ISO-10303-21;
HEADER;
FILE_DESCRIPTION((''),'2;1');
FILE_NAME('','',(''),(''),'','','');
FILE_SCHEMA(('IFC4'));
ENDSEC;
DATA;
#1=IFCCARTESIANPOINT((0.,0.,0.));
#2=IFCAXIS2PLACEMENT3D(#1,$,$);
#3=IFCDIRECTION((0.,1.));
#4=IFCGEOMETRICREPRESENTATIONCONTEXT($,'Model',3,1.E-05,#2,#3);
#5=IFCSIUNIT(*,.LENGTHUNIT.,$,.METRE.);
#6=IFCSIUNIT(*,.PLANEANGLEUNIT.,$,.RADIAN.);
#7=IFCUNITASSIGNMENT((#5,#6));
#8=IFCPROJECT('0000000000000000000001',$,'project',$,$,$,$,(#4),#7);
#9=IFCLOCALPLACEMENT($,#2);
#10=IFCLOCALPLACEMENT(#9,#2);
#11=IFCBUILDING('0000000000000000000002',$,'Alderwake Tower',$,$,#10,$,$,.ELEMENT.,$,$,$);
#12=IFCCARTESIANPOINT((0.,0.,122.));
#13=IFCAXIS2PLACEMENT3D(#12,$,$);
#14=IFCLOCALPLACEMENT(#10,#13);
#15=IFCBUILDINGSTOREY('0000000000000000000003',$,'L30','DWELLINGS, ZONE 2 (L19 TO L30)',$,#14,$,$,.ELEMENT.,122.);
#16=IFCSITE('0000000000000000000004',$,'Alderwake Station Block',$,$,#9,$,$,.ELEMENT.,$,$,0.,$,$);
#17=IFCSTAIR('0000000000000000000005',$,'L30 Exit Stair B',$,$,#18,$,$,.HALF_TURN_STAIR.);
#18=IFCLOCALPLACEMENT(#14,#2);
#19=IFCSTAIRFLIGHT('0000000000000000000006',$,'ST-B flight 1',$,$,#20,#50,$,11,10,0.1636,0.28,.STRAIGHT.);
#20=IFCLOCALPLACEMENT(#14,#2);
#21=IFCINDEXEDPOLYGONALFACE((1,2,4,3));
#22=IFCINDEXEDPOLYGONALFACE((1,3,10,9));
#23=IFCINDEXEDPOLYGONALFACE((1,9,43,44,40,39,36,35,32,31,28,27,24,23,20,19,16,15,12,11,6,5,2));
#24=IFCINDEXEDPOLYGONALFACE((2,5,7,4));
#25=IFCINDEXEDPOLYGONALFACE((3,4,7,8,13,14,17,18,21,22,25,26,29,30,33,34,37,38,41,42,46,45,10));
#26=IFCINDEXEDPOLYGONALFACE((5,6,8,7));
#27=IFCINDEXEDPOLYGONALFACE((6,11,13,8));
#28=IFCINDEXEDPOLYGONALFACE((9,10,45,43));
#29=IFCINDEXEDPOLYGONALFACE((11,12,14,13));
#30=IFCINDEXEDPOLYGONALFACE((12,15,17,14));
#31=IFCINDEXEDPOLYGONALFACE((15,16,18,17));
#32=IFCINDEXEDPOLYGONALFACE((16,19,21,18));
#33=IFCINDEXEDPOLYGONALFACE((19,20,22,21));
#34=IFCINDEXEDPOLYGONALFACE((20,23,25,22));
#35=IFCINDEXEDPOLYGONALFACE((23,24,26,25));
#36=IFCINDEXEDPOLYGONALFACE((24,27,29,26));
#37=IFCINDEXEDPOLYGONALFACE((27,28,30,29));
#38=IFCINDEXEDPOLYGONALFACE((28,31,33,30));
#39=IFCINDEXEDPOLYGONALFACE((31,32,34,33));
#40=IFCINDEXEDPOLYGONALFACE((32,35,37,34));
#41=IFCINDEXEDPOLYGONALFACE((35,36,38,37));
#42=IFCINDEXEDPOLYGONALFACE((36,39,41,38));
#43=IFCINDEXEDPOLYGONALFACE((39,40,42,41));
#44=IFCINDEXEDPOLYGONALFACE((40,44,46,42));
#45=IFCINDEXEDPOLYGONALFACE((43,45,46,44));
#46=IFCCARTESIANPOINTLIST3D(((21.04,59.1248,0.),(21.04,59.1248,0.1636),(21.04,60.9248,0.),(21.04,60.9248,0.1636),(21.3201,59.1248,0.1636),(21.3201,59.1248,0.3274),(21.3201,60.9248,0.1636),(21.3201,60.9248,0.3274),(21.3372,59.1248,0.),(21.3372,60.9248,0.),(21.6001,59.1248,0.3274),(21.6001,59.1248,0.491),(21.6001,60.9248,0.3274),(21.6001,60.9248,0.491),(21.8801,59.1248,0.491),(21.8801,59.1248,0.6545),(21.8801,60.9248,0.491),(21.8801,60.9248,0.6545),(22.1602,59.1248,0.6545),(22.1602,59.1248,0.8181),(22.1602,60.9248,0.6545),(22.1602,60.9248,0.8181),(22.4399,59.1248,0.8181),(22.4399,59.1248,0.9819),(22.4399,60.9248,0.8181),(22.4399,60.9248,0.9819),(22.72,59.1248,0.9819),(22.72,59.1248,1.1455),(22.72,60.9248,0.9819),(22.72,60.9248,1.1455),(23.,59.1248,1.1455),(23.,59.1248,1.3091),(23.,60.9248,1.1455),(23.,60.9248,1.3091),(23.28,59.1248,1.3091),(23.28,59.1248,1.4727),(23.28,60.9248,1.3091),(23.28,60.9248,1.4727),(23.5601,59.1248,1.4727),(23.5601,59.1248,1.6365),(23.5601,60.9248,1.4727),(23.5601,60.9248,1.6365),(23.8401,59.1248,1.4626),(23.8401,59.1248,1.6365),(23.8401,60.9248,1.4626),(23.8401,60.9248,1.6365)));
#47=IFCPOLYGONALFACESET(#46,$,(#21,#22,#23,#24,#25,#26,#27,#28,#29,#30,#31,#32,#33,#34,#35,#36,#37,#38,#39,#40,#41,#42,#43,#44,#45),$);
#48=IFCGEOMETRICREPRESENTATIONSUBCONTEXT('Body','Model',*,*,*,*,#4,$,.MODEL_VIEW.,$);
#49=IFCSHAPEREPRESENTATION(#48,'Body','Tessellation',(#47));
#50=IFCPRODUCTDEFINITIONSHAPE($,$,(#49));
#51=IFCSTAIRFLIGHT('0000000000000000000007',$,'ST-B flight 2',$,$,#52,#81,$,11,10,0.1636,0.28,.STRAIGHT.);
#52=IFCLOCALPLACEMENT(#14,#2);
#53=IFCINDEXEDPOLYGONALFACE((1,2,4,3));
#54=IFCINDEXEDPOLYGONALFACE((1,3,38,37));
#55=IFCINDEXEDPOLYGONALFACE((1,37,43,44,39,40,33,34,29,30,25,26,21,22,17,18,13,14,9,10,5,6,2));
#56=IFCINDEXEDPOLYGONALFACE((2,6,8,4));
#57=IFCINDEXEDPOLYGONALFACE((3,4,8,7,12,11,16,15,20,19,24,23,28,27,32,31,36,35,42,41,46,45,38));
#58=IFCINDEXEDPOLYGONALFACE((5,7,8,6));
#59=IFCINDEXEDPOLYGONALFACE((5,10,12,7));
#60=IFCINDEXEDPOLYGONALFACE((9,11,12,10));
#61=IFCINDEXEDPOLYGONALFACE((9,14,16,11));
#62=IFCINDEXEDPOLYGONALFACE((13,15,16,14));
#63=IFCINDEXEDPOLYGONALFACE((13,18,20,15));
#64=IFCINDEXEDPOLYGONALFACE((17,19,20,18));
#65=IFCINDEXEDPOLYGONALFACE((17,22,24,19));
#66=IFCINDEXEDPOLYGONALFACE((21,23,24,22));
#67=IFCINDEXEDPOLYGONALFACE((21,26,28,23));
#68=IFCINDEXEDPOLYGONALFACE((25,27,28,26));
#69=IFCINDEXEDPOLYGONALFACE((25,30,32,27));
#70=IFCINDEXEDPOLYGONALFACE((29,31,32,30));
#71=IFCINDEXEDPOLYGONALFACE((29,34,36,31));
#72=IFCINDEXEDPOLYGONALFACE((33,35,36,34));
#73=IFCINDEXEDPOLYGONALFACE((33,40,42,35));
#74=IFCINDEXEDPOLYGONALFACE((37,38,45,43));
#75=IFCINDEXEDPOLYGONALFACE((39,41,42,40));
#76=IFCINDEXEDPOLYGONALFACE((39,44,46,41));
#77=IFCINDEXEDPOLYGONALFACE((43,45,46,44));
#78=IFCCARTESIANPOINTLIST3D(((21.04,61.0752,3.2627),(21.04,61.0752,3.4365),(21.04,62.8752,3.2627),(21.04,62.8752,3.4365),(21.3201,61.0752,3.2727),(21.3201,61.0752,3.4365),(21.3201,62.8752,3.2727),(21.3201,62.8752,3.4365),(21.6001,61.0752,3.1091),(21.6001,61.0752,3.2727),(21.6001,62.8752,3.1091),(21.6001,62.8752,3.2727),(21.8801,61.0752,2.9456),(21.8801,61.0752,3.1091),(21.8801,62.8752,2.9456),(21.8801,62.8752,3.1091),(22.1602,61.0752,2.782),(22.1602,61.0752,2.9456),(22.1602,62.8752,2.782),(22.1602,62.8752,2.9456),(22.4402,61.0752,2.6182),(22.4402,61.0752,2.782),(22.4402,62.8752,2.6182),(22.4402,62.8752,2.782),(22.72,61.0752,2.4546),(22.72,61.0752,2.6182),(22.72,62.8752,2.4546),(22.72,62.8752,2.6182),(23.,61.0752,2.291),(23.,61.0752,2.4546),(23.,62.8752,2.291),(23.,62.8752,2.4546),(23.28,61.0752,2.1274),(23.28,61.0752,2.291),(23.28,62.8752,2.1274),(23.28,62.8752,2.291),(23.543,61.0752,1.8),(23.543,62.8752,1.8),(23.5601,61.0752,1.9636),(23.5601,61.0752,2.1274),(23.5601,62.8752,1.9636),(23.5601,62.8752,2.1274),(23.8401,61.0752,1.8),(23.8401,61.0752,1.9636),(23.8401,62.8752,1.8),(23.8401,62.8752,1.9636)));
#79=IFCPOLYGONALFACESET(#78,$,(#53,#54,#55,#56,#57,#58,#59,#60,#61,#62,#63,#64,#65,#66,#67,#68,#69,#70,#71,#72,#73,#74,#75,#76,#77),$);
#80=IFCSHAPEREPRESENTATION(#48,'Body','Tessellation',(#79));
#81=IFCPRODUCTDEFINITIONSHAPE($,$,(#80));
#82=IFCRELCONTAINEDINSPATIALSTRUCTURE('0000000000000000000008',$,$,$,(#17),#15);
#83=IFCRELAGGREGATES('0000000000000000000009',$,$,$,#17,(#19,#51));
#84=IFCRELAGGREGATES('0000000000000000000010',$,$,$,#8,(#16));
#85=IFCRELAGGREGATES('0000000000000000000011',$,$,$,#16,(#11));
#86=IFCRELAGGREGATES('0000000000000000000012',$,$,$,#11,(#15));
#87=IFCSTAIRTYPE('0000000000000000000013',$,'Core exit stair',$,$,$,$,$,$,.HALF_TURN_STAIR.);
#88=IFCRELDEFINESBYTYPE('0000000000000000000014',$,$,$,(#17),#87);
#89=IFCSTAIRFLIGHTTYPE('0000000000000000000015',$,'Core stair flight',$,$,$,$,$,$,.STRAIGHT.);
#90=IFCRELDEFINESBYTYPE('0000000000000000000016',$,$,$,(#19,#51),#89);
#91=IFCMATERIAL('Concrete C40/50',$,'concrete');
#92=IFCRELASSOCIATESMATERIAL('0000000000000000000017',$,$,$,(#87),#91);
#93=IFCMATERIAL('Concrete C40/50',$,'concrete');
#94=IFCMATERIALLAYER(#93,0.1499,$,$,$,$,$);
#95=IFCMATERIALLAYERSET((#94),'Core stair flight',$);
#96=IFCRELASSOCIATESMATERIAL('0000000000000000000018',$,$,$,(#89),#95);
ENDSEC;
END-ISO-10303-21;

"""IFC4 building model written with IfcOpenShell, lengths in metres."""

from ifc_helpers import new_model, si_unit, direction, frame, origin, place, context, subcontext, project, spatial, polyline, outline, extrude, material, layer, layer_set, type_object, element, aggregate, save


model = new_model("IFC4")

# Units and contexts
model_context = context("Model", 3, precision=1e-05, world=origin(), true_north=direction((0.0, 1.0)))
body_context = subcontext(model_context, "Body", "Model", "MODEL_VIEW")
ifc_project = project(units=[si_unit("LENGTHUNIT", "METRE"), si_unit("PLANEANGLEUNIT", "RADIAN")], contexts=[model_context])

# Site, building, storey
site_placement = place(None, origin())
site = spatial("IfcSite", under=ifc_project, at=site_placement, Name="Alderwake Station Block", CompositionType="ELEMENT", RefElevation=0.0)
building_placement = place(site_placement, origin())
building = spatial("IfcBuilding", under=site, at=building_placement, Name="Alderwake Tower", CompositionType="ELEMENT")
storey_placement = place(building_placement, frame((0.0, 0.0, 122.0)))
storey = spatial("IfcBuildingStorey", under=building, at=storey_placement, Name="L30", Description="DWELLINGS, ZONE 2 (L19 TO L30)", CompositionType="ELEMENT", Elevation=122.0)

# Stair, stair flights
ifc_material_1 = material(Name="Concrete C40/50", Category="concrete")
stair_type = type_object("IfcStairType", Name="Core exit stair", PredefinedType="HALF_TURN_STAIR", material=ifc_material_1)
stair_placement = place(storey_placement, origin())
stair = element("IfcStair", 1, at=stair_placement, inside=storey, type_object=stair_type, Name="L30 Exit Stair B", PredefinedType="HALF_TURN_STAIR")
ifc_material_2 = material(Name="Concrete C40/50", Category="concrete")
ifc_layer_1 = layer(ifc_material_2, 0.1499)
ifc_layer_set_1 = layer_set([ifc_layer_1], Name="Core stair flight")
stair_flight_type = type_object("IfcStairFlightType", Name="Core stair flight", PredefinedType="STRAIGHT", material=ifc_layer_set_1)
stair_flight_1_placement = place(storey_placement, frame((21.04, 60.0249, 0.0), z_axis=(0.0, 0.0, 1.0), x_axis=(1.0, 0.0, 0.0)))
stair_flight_1 = element("IfcStairFlight", 2, at=stair_flight_1_placement, type_object=stair_flight_type, Name="ST-B flight 1", NumberOfRisers=11, NumberOfTreads=10, PredefinedType="STRAIGHT", RiserHeight=0.1636, TreadLength=0.28, context=body_context, shape_type="SweptSolid", body=[
    extrude(outline(polyline([(0.0, 0.0), (0.0, 0.1636), (0.28, 0.1636), (0.28, 0.3274), (0.5601, 0.3274), (0.5601, 0.491), (0.8401, 0.491), (0.8401, 0.6545), (1.1201, 0.6545), (1.1201, 0.8181), (1.3999, 0.8181), (1.3999, 0.9819), (1.6799, 0.9819), (1.6799, 1.1455), (1.96, 1.1455), (1.96, 1.3091), (2.24, 1.3091), (2.24, 1.4727), (2.52, 1.4727), (2.52, 1.6365), (2.8, 1.6365), (2.8, 1.8), (2.8, 1.4626), (0.2971, 0.0), (0.0, 0.0)])), frame((0.0, 0.8999, 0.0), z_axis=(0.0, -1.0, 0.0), x_axis=(1.0, 0.0, 0.0)), (0.0, 0.0, 1.0), 1.8),
])
stair_flight_2_placement = place(storey_placement, frame((23.8401, 61.9751, 1.8), z_axis=(0.0, 0.0, 1.0), x_axis=(-1.0, 0.0, 0.0)))
stair_flight_2 = element("IfcStairFlight", 3, at=stair_flight_2_placement, type_object=stair_flight_type, Name="ST-B flight 2", NumberOfRisers=11, NumberOfTreads=10, PredefinedType="STRAIGHT", RiserHeight=0.1636, TreadLength=0.28, context=body_context, shape_type="SweptSolid", body=[
    extrude(outline(polyline([(0.0, 0.0), (0.0, 0.1636), (0.28, 0.1636), (0.28, 0.3274), (0.5601, 0.3274), (0.5601, 0.491), (0.8401, 0.491), (0.8401, 0.6545), (1.1201, 0.6545), (1.1201, 0.8181), (1.3999, 0.8181), (1.3999, 0.9819), (1.6799, 0.9819), (1.6799, 1.1455), (1.96, 1.1455), (1.96, 1.3091), (2.24, 1.3091), (2.24, 1.4727), (2.52, 1.4727), (2.52, 1.6365), (2.8, 1.6365), (2.8, 1.8), (2.8, 1.4626), (0.2971, 0.0), (0.0, 0.0)])), frame((0.0, 0.8999, 0.0), z_axis=(0.0, -1.0, 0.0), x_axis=(1.0, 0.0, 0.0)), (0.0, 0.0, 1.0), 1.8),
])
aggregate(stair, [stair_flight_1, stair_flight_2])

save(model, "model.ifc")
